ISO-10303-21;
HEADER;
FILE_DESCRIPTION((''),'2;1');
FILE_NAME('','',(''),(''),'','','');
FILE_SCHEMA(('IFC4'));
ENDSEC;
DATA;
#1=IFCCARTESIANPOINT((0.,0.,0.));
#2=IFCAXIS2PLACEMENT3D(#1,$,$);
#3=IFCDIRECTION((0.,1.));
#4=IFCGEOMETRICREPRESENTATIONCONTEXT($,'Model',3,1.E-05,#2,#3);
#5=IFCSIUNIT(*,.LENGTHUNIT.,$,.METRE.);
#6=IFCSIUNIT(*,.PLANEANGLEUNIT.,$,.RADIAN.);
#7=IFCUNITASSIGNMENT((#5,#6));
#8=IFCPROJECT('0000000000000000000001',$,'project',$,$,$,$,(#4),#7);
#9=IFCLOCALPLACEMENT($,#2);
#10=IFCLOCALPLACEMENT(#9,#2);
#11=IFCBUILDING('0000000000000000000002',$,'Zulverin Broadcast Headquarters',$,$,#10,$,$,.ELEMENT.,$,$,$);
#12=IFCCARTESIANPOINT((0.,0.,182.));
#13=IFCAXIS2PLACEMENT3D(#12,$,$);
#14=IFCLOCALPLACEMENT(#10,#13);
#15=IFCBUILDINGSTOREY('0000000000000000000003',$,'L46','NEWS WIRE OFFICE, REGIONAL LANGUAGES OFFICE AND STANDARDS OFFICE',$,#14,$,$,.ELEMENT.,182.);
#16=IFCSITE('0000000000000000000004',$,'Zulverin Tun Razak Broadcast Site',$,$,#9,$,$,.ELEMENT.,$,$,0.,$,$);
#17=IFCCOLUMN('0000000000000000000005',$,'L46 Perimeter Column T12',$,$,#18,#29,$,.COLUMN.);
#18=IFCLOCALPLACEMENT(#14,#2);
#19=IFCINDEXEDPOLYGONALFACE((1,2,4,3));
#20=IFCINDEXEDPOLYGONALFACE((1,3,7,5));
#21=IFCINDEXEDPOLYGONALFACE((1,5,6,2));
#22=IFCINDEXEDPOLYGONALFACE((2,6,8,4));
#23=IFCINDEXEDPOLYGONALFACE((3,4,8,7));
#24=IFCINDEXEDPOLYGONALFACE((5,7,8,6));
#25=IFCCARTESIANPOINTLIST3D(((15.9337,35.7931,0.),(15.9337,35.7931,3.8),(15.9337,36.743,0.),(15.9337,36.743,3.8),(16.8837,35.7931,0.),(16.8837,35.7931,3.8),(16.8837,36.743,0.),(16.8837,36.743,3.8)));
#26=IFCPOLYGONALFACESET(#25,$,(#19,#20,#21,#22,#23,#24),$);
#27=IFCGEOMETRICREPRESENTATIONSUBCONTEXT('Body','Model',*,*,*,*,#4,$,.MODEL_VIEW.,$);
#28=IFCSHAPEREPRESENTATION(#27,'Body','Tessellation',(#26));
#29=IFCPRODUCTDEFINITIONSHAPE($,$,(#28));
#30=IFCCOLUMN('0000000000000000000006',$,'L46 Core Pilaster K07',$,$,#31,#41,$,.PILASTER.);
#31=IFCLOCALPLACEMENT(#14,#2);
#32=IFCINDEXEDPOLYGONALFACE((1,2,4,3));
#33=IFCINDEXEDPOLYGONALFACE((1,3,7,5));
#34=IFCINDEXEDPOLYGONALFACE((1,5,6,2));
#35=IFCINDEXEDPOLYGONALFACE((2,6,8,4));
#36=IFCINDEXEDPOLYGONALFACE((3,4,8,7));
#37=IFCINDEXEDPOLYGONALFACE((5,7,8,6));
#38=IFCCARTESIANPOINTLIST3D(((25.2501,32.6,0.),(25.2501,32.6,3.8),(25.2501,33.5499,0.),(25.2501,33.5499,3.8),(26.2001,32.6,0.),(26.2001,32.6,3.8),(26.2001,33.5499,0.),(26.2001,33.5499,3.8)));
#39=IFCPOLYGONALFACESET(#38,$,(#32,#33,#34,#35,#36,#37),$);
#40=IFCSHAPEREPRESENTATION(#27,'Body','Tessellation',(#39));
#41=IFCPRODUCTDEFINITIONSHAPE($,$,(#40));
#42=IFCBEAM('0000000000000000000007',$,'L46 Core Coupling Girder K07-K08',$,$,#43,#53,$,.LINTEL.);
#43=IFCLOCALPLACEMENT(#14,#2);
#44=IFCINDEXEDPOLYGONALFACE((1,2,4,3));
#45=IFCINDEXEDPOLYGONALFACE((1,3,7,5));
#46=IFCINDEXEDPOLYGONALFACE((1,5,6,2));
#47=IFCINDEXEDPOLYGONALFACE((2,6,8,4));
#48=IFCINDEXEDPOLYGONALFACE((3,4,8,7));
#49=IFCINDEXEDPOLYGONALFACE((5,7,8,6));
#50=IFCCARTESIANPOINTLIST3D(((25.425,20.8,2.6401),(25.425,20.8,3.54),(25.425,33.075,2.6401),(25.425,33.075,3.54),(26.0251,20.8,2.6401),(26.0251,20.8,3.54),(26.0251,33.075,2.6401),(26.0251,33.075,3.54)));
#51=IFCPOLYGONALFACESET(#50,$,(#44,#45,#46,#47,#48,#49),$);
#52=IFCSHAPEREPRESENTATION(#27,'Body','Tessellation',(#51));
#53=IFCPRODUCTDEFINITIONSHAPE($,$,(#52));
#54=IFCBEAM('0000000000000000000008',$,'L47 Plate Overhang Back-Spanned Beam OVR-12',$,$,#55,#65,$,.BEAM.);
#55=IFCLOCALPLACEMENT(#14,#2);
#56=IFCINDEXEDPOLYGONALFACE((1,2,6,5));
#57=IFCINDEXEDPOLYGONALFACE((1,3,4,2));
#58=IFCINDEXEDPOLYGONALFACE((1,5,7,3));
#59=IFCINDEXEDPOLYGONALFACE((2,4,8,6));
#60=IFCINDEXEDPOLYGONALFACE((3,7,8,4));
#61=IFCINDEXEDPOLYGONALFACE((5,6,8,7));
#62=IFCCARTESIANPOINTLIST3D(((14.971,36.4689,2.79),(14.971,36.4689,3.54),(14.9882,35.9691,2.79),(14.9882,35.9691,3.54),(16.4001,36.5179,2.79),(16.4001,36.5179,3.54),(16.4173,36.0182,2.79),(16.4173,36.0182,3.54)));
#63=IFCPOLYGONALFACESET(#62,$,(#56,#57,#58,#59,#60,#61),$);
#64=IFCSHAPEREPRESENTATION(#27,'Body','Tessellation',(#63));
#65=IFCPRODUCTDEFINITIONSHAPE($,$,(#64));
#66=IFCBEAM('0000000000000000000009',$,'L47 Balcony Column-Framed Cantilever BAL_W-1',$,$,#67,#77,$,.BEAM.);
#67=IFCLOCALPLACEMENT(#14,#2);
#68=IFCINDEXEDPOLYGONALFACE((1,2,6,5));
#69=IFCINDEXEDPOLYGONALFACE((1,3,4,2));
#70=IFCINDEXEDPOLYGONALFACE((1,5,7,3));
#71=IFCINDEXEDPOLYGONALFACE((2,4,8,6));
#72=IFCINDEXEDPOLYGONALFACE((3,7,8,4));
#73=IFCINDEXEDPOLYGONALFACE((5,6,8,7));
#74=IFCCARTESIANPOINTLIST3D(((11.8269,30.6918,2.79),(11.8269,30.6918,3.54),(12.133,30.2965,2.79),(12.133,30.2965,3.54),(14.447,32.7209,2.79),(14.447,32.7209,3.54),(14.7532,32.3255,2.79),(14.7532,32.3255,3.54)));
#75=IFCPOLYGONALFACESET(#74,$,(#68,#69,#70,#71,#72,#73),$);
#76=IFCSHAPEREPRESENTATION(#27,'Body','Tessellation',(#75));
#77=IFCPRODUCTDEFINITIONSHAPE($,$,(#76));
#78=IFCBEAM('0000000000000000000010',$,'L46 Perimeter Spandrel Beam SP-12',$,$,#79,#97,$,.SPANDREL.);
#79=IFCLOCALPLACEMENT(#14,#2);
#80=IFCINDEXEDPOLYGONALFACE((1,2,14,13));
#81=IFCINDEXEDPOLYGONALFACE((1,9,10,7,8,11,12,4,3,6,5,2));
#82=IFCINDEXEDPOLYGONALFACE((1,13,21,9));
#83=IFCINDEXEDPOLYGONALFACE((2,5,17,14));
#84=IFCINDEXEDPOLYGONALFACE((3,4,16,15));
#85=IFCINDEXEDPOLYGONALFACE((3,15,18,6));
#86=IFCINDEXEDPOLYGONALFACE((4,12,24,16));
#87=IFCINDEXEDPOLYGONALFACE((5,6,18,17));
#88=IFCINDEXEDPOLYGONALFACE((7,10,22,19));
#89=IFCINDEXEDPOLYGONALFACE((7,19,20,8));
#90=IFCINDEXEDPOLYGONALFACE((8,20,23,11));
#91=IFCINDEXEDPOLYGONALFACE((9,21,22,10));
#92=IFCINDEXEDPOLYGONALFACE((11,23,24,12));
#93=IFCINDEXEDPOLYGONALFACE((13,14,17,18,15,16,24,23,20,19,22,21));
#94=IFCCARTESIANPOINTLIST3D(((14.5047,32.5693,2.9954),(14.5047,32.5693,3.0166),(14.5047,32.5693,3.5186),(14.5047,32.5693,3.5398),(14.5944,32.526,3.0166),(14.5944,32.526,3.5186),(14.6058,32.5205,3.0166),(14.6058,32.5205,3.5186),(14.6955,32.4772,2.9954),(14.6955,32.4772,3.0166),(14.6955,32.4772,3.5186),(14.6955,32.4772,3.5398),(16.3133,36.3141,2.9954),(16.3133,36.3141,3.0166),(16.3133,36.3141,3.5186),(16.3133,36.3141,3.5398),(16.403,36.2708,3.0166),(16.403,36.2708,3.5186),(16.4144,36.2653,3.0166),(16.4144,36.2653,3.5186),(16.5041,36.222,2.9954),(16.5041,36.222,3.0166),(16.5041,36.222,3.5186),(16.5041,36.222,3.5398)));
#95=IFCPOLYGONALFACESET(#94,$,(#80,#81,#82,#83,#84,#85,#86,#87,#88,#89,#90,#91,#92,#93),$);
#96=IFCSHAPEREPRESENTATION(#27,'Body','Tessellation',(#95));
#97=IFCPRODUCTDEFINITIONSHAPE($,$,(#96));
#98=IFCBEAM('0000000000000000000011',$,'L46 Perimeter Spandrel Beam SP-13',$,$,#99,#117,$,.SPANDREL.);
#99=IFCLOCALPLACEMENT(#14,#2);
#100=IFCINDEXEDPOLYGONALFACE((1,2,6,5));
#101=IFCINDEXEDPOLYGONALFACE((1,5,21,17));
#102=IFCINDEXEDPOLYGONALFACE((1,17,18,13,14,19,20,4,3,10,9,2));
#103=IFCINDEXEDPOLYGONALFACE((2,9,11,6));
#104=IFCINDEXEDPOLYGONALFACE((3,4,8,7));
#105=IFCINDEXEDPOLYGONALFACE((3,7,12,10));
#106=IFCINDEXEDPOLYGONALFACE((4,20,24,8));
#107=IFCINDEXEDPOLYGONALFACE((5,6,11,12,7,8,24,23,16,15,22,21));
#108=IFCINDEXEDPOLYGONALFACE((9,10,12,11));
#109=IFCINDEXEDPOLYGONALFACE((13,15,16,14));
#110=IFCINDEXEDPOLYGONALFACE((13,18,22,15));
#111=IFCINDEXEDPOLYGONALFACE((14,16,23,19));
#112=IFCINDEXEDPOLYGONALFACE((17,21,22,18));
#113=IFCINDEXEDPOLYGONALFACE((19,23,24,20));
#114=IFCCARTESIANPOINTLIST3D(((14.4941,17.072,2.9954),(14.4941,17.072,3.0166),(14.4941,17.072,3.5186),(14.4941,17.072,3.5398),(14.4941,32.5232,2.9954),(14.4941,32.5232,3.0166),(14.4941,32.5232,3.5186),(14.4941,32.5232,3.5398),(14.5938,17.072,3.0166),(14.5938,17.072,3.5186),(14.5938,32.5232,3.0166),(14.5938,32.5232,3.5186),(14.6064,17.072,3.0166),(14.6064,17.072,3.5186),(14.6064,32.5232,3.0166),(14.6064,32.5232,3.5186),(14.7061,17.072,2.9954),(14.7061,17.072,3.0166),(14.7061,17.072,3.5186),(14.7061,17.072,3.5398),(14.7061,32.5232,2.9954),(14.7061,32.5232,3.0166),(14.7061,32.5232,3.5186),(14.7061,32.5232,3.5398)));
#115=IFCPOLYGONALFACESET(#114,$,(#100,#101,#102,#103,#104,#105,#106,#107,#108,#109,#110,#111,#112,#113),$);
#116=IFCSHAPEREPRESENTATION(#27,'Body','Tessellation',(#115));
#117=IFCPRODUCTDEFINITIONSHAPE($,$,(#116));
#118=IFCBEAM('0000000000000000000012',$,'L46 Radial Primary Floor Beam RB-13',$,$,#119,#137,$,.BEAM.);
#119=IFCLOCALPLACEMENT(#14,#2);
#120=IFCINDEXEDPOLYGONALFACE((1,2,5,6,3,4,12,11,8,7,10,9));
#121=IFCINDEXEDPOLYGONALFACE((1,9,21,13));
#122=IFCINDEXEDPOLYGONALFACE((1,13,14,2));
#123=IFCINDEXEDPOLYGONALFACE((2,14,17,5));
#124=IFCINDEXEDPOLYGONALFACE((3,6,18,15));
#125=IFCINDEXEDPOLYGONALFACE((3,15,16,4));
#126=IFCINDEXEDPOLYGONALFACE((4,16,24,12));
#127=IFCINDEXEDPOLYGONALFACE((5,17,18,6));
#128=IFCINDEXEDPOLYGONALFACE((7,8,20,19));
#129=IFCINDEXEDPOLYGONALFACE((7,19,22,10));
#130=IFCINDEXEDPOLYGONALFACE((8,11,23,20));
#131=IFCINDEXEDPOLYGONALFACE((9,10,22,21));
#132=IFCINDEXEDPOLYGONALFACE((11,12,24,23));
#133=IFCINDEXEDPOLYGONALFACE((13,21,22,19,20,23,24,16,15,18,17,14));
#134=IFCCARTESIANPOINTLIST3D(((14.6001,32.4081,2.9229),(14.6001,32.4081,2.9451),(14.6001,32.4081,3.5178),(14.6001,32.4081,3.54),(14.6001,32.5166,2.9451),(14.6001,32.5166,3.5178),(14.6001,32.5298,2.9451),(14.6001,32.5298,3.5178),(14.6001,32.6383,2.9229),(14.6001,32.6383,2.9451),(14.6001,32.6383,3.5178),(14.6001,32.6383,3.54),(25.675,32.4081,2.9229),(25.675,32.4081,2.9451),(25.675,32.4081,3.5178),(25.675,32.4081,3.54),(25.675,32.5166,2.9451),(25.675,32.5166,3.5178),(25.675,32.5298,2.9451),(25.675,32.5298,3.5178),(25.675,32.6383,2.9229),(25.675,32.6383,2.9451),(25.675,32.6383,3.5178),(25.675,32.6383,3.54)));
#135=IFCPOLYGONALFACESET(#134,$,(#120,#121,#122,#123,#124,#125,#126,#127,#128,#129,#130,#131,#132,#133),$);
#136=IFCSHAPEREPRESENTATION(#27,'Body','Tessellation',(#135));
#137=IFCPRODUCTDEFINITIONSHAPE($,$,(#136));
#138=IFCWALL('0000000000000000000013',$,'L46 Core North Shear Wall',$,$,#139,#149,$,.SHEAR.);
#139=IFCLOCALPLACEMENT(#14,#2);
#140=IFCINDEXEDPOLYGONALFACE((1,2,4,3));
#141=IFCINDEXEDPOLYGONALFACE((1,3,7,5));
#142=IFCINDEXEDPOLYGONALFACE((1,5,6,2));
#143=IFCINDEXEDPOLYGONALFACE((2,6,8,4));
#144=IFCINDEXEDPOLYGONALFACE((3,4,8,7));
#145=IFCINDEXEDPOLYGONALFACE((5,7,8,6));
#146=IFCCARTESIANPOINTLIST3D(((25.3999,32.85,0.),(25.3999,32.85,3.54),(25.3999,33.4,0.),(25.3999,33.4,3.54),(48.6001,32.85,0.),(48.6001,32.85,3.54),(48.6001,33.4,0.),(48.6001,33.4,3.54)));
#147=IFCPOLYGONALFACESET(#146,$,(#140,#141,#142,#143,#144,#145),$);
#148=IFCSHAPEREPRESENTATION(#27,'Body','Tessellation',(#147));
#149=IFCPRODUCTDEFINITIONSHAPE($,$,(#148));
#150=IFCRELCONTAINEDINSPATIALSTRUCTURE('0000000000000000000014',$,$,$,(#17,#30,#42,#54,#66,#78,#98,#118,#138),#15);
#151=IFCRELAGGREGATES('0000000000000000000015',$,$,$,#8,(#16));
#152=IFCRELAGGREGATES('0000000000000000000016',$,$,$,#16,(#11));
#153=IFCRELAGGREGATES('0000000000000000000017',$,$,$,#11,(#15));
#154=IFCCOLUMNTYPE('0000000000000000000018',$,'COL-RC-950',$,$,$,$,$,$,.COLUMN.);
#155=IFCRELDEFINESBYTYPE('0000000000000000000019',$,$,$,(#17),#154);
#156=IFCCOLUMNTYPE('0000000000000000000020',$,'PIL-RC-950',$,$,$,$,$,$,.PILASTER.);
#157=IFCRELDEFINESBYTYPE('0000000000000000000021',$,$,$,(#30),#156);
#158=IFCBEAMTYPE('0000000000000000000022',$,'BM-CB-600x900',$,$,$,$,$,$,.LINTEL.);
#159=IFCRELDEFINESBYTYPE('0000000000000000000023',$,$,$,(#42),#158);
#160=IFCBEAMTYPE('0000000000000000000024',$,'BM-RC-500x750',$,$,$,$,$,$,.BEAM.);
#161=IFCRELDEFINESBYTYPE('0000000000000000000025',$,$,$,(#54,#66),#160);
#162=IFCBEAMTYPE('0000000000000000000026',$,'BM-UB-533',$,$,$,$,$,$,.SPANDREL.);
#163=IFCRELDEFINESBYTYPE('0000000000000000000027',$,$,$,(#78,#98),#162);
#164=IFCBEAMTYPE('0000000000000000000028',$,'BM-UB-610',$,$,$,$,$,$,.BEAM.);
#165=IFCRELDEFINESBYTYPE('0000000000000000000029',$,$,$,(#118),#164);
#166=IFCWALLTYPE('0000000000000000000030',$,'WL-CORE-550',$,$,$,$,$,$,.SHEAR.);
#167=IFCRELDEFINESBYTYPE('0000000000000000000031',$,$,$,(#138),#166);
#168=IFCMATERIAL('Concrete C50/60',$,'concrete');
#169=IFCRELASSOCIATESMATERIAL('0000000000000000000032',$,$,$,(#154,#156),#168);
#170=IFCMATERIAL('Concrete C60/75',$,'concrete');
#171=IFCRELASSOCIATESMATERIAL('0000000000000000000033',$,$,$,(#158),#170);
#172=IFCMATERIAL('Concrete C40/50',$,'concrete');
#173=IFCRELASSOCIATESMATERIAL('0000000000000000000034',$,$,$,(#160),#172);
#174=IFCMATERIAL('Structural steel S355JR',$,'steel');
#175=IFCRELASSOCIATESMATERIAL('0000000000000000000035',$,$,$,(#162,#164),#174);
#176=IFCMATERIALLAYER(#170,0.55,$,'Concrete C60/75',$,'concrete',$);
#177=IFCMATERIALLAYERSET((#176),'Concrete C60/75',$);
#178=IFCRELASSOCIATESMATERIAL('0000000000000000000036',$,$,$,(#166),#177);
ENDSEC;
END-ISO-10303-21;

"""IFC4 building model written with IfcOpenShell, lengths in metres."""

from ifc_helpers import new_model, si_unit, direction, frame, frame_2d, origin, origin_2d, place, context, subcontext, project, spatial, rectangle, i_section, extrude, material, layer, layer_set, material_profile, profile_set, type_object, element, save


model = new_model("IFC4")

# Units and contexts
model_context = context("Model", 3, precision=1e-05, world=origin(), true_north=direction((0.0, 1.0)))
body_context = subcontext(model_context, "Body", "Model", "MODEL_VIEW")
ifc_project = project(units=[si_unit("LENGTHUNIT", "METRE"), si_unit("PLANEANGLEUNIT", "RADIAN")], contexts=[model_context])

# Site, building, storey
site_placement = place(None, origin())
site = spatial("IfcSite", under=ifc_project, at=site_placement, Name="Zulverin Tun Razak Broadcast Site", CompositionType="ELEMENT", RefElevation=0.0)
building_placement = place(site_placement, origin())
building = spatial("IfcBuilding", under=site, at=building_placement, Name="Zulverin Broadcast Headquarters", CompositionType="ELEMENT")
storey_placement = place(building_placement, frame((0.0, 0.0, 182.0)))
storey = spatial("IfcBuildingStorey", under=building, at=storey_placement, Name="L46", Description="NEWS WIRE OFFICE, REGIONAL LANGUAGES OFFICE AND STANDARDS OFFICE", CompositionType="ELEMENT", Elevation=182.0)

# Columns
ifc_material_1 = material(Name="Concrete C50/60", Category="concrete")
ifc_material_profile_1 = material_profile(ifc_material_1, rectangle(XDim=0.95, YDim=0.95, at=origin_2d()), Name="Concrete C50/60", Category="concrete")
ifc_profile_set_1 = profile_set([ifc_material_profile_1], Name="Concrete C50/60")
column_type_1 = type_object("IfcColumnType", Name="COL-RC-950", PredefinedType="COLUMN", material=ifc_profile_set_1)
column_1_placement = place(storey_placement, frame((16.4087, 36.2681, 0.0), z_axis=(0.0, 0.0, 1.0), x_axis=(1.0, 0.0, 0.0)))
element("IfcColumn", 1, at=column_1_placement, inside=storey, type_object=column_type_1, Name="L46 Perimeter Column T12", PredefinedType="COLUMN", context=body_context, shape_type="SweptSolid", body=[
    extrude(rectangle(XDim=0.95, YDim=0.95, at=origin_2d()), origin(), (0.0, 0.0, 1.0), 3.8),
])
ifc_material_profile_2 = material_profile(ifc_material_1, rectangle(XDim=0.95, YDim=0.95, at=origin_2d()), Name="Concrete C50/60", Category="concrete")
ifc_profile_set_2 = profile_set([ifc_material_profile_2], Name="Concrete C50/60")
column_type_2 = type_object("IfcColumnType", Name="PIL-RC-950", PredefinedType="PILASTER", material=ifc_profile_set_2)
column_2_placement = place(storey_placement, frame((25.7251, 33.075, 0.0), z_axis=(0.0, 0.0, 1.0), x_axis=(1.0, 0.0, 0.0)))
element("IfcColumn", 2, at=column_2_placement, inside=storey, type_object=column_type_2, Name="L46 Core Pilaster K07", PredefinedType="PILASTER", context=body_context, shape_type="SweptSolid", body=[
    extrude(rectangle(XDim=0.95, YDim=0.95, at=origin_2d()), origin(), (0.0, 0.0, 1.0), 3.8),
])

# Beams
ifc_material_2 = material(Name="Concrete C60/75", Category="concrete")
ifc_material_profile_3 = material_profile(ifc_material_2, rectangle(XDim=0.6001, YDim=0.8999, at=origin_2d()), Name="Concrete C60/75", Category="concrete")
ifc_profile_set_3 = profile_set([ifc_material_profile_3], Name="Concrete C60/75")
beam_type_1 = type_object("IfcBeamType", Name="BM-CB-600x900", PredefinedType="LINTEL", material=ifc_profile_set_3)
beam_1_placement = place(storey_placement, frame((25.7251, 33.075, 3.0901), z_axis=(0.0, -1.0, 0.0), x_axis=(1.0, 0.0, 0.0)))
element("IfcBeam", 3, at=beam_1_placement, inside=storey, type_object=beam_type_1, Name="L46 Core Coupling Girder K07-K08", PredefinedType="LINTEL", context=body_context, shape_type="SweptSolid", body=[
    extrude(rectangle(XDim=0.6001, YDim=0.8999, at=origin_2d()), origin(), (0.0, 0.0, 1.0), 12.2749),
])
ifc_material_3 = material(Name="Concrete C40/50", Category="concrete")
ifc_material_profile_4 = material_profile(ifc_material_3, rectangle(XDim=0.5, YDim=0.75, at=origin_2d()), Name="Concrete C40/50", Category="concrete")
ifc_profile_set_4 = profile_set([ifc_material_profile_4], Name="Concrete C40/50")
beam_type_2 = type_object("IfcBeamType", Name="BM-RC-500x750", PredefinedType="BEAM", material=ifc_profile_set_4)
beam_2_placement = place(storey_placement, frame((16.4087, 36.2681, 3.165), z_axis=(-0.999411, -0.034315, 0.0), x_axis=(0.034315, -0.999411, 0.0)))
element("IfcBeam", 4, at=beam_2_placement, inside=storey, type_object=beam_type_2, Name="L47 Plate Overhang Back-Spanned Beam OVR-12", PredefinedType="BEAM", context=body_context, shape_type="SweptSolid", body=[
    extrude(rectangle(XDim=0.5, YDim=0.75, at=origin_2d()), origin(), (0.0, 0.0, 1.0), 1.4299),
])
beam_3_placement = place(storey_placement, frame((14.6001, 32.5232, 3.165), z_axis=(-0.79064, -0.612282, 0.0), x_axis=(0.612282, -0.79064, 0.0)))
element("IfcBeam", 5, at=beam_3_placement, inside=storey, type_object=beam_type_2, Name="L47 Balcony Column-Framed Cantilever BAL_W-1", PredefinedType="BEAM", context=body_context, shape_type="SweptSolid", body=[
    extrude(rectangle(XDim=0.5, YDim=0.75, at=origin_2d()), origin(), (0.0, 0.0, 1.0), 3.314),
])
ifc_material_4 = material(Name="Structural steel S355JR", Category="steel")
ifc_material_profile_5 = material_profile(ifc_material_4, i_section(OverallWidth=0.2119, OverallDepth=0.5444, WebThickness=0.0127, FlangeThickness=0.0212, at=origin_2d()), Name="Structural steel S355JR", Category="steel")
ifc_profile_set_5 = profile_set([ifc_material_profile_5], Name="Structural steel S355JR")
beam_type_3 = type_object("IfcBeamType", Name="BM-UB-533", PredefinedType="SPANDREL", material=ifc_profile_set_5)
beam_4_placement = place(storey_placement, frame((16.4087, 36.2681, 3.2676), z_axis=(-0.43489, -0.900483, 0.0), x_axis=(0.900483, -0.43489, 0.0)))
element("IfcBeam", 6, at=beam_4_placement, inside=storey, type_object=beam_type_3, Name="L46 Perimeter Spandrel Beam SP-12", PredefinedType="SPANDREL", context=body_context, shape_type="SweptSolid", body=[
    extrude(i_section(OverallWidth=0.2119, OverallDepth=0.5444, WebThickness=0.0127, FlangeThickness=0.0212, at=origin_2d()), origin(), (0.0, 0.0, 1.0), 4.1587),
])
beam_5_placement = place(storey_placement, frame((14.6001, 32.5232, 3.2676), z_axis=(0.0, -1.0, 0.0), x_axis=(1.0, 0.0, 0.0)))
element("IfcBeam", 7, at=beam_5_placement, inside=storey, type_object=beam_type_3, Name="L46 Perimeter Spandrel Beam SP-13", PredefinedType="SPANDREL", context=body_context, shape_type="SweptSolid", body=[
    extrude(i_section(OverallWidth=0.2119, OverallDepth=0.5444, WebThickness=0.0127, FlangeThickness=0.0212, at=origin_2d()), origin(), (0.0, 0.0, 1.0), 15.4512),
])
ifc_material_profile_6 = material_profile(ifc_material_4, i_section(OverallWidth=0.2302, OverallDepth=0.6172, WebThickness=0.0132, FlangeThickness=0.0222, at=origin_2d()), Name="Structural steel S355JR", Category="steel")
ifc_profile_set_6 = profile_set([ifc_material_profile_6], Name="Structural steel S355JR")
beam_type_4 = type_object("IfcBeamType", Name="BM-UB-610", PredefinedType="BEAM", material=ifc_profile_set_6)
beam_6_placement = place(storey_placement, frame((25.675, 32.5232, 3.2314), z_axis=(-1.0, 0.0, 0.0), x_axis=(0.0, -1.0, 0.0)))
element("IfcBeam", 8, at=beam_6_placement, inside=storey, type_object=beam_type_4, Name="L46 Radial Primary Floor Beam RB-13", PredefinedType="BEAM", context=body_context, shape_type="SweptSolid", body=[
    extrude(i_section(OverallWidth=0.2302, OverallDepth=0.6172, WebThickness=0.0132, FlangeThickness=0.0222, at=origin_2d()), origin(), (0.0, 0.0, 1.0), 11.075),
])

# Wall
ifc_layer_1 = layer(ifc_material_2, 0.55, Name="Concrete C60/75", Category="concrete")
ifc_layer_set_1 = layer_set([ifc_layer_1], Name="Concrete C60/75")
wall_type_1 = type_object("IfcWallType", Name="WL-CORE-550", PredefinedType="SHEAR", material=ifc_layer_set_1)
wall_1_placement = place(storey_placement, frame((25.3999, 33.125, 0.0), z_axis=(0.0, 0.0, 1.0), x_axis=(1.0, 0.0, 0.0)))
element("IfcWall", 9, at=wall_1_placement, inside=storey, type_object=wall_type_1, Name="L46 Core North Shear Wall", PredefinedType="SHEAR", context=body_context, shape_type="SweptSolid", body=[
    extrude(rectangle(XDim=23.2002, YDim=0.55, at=frame_2d((11.6001, 0.0))), origin(), (0.0, 0.0, 1.0), 3.54),
])

save(model, "model.ifc")
